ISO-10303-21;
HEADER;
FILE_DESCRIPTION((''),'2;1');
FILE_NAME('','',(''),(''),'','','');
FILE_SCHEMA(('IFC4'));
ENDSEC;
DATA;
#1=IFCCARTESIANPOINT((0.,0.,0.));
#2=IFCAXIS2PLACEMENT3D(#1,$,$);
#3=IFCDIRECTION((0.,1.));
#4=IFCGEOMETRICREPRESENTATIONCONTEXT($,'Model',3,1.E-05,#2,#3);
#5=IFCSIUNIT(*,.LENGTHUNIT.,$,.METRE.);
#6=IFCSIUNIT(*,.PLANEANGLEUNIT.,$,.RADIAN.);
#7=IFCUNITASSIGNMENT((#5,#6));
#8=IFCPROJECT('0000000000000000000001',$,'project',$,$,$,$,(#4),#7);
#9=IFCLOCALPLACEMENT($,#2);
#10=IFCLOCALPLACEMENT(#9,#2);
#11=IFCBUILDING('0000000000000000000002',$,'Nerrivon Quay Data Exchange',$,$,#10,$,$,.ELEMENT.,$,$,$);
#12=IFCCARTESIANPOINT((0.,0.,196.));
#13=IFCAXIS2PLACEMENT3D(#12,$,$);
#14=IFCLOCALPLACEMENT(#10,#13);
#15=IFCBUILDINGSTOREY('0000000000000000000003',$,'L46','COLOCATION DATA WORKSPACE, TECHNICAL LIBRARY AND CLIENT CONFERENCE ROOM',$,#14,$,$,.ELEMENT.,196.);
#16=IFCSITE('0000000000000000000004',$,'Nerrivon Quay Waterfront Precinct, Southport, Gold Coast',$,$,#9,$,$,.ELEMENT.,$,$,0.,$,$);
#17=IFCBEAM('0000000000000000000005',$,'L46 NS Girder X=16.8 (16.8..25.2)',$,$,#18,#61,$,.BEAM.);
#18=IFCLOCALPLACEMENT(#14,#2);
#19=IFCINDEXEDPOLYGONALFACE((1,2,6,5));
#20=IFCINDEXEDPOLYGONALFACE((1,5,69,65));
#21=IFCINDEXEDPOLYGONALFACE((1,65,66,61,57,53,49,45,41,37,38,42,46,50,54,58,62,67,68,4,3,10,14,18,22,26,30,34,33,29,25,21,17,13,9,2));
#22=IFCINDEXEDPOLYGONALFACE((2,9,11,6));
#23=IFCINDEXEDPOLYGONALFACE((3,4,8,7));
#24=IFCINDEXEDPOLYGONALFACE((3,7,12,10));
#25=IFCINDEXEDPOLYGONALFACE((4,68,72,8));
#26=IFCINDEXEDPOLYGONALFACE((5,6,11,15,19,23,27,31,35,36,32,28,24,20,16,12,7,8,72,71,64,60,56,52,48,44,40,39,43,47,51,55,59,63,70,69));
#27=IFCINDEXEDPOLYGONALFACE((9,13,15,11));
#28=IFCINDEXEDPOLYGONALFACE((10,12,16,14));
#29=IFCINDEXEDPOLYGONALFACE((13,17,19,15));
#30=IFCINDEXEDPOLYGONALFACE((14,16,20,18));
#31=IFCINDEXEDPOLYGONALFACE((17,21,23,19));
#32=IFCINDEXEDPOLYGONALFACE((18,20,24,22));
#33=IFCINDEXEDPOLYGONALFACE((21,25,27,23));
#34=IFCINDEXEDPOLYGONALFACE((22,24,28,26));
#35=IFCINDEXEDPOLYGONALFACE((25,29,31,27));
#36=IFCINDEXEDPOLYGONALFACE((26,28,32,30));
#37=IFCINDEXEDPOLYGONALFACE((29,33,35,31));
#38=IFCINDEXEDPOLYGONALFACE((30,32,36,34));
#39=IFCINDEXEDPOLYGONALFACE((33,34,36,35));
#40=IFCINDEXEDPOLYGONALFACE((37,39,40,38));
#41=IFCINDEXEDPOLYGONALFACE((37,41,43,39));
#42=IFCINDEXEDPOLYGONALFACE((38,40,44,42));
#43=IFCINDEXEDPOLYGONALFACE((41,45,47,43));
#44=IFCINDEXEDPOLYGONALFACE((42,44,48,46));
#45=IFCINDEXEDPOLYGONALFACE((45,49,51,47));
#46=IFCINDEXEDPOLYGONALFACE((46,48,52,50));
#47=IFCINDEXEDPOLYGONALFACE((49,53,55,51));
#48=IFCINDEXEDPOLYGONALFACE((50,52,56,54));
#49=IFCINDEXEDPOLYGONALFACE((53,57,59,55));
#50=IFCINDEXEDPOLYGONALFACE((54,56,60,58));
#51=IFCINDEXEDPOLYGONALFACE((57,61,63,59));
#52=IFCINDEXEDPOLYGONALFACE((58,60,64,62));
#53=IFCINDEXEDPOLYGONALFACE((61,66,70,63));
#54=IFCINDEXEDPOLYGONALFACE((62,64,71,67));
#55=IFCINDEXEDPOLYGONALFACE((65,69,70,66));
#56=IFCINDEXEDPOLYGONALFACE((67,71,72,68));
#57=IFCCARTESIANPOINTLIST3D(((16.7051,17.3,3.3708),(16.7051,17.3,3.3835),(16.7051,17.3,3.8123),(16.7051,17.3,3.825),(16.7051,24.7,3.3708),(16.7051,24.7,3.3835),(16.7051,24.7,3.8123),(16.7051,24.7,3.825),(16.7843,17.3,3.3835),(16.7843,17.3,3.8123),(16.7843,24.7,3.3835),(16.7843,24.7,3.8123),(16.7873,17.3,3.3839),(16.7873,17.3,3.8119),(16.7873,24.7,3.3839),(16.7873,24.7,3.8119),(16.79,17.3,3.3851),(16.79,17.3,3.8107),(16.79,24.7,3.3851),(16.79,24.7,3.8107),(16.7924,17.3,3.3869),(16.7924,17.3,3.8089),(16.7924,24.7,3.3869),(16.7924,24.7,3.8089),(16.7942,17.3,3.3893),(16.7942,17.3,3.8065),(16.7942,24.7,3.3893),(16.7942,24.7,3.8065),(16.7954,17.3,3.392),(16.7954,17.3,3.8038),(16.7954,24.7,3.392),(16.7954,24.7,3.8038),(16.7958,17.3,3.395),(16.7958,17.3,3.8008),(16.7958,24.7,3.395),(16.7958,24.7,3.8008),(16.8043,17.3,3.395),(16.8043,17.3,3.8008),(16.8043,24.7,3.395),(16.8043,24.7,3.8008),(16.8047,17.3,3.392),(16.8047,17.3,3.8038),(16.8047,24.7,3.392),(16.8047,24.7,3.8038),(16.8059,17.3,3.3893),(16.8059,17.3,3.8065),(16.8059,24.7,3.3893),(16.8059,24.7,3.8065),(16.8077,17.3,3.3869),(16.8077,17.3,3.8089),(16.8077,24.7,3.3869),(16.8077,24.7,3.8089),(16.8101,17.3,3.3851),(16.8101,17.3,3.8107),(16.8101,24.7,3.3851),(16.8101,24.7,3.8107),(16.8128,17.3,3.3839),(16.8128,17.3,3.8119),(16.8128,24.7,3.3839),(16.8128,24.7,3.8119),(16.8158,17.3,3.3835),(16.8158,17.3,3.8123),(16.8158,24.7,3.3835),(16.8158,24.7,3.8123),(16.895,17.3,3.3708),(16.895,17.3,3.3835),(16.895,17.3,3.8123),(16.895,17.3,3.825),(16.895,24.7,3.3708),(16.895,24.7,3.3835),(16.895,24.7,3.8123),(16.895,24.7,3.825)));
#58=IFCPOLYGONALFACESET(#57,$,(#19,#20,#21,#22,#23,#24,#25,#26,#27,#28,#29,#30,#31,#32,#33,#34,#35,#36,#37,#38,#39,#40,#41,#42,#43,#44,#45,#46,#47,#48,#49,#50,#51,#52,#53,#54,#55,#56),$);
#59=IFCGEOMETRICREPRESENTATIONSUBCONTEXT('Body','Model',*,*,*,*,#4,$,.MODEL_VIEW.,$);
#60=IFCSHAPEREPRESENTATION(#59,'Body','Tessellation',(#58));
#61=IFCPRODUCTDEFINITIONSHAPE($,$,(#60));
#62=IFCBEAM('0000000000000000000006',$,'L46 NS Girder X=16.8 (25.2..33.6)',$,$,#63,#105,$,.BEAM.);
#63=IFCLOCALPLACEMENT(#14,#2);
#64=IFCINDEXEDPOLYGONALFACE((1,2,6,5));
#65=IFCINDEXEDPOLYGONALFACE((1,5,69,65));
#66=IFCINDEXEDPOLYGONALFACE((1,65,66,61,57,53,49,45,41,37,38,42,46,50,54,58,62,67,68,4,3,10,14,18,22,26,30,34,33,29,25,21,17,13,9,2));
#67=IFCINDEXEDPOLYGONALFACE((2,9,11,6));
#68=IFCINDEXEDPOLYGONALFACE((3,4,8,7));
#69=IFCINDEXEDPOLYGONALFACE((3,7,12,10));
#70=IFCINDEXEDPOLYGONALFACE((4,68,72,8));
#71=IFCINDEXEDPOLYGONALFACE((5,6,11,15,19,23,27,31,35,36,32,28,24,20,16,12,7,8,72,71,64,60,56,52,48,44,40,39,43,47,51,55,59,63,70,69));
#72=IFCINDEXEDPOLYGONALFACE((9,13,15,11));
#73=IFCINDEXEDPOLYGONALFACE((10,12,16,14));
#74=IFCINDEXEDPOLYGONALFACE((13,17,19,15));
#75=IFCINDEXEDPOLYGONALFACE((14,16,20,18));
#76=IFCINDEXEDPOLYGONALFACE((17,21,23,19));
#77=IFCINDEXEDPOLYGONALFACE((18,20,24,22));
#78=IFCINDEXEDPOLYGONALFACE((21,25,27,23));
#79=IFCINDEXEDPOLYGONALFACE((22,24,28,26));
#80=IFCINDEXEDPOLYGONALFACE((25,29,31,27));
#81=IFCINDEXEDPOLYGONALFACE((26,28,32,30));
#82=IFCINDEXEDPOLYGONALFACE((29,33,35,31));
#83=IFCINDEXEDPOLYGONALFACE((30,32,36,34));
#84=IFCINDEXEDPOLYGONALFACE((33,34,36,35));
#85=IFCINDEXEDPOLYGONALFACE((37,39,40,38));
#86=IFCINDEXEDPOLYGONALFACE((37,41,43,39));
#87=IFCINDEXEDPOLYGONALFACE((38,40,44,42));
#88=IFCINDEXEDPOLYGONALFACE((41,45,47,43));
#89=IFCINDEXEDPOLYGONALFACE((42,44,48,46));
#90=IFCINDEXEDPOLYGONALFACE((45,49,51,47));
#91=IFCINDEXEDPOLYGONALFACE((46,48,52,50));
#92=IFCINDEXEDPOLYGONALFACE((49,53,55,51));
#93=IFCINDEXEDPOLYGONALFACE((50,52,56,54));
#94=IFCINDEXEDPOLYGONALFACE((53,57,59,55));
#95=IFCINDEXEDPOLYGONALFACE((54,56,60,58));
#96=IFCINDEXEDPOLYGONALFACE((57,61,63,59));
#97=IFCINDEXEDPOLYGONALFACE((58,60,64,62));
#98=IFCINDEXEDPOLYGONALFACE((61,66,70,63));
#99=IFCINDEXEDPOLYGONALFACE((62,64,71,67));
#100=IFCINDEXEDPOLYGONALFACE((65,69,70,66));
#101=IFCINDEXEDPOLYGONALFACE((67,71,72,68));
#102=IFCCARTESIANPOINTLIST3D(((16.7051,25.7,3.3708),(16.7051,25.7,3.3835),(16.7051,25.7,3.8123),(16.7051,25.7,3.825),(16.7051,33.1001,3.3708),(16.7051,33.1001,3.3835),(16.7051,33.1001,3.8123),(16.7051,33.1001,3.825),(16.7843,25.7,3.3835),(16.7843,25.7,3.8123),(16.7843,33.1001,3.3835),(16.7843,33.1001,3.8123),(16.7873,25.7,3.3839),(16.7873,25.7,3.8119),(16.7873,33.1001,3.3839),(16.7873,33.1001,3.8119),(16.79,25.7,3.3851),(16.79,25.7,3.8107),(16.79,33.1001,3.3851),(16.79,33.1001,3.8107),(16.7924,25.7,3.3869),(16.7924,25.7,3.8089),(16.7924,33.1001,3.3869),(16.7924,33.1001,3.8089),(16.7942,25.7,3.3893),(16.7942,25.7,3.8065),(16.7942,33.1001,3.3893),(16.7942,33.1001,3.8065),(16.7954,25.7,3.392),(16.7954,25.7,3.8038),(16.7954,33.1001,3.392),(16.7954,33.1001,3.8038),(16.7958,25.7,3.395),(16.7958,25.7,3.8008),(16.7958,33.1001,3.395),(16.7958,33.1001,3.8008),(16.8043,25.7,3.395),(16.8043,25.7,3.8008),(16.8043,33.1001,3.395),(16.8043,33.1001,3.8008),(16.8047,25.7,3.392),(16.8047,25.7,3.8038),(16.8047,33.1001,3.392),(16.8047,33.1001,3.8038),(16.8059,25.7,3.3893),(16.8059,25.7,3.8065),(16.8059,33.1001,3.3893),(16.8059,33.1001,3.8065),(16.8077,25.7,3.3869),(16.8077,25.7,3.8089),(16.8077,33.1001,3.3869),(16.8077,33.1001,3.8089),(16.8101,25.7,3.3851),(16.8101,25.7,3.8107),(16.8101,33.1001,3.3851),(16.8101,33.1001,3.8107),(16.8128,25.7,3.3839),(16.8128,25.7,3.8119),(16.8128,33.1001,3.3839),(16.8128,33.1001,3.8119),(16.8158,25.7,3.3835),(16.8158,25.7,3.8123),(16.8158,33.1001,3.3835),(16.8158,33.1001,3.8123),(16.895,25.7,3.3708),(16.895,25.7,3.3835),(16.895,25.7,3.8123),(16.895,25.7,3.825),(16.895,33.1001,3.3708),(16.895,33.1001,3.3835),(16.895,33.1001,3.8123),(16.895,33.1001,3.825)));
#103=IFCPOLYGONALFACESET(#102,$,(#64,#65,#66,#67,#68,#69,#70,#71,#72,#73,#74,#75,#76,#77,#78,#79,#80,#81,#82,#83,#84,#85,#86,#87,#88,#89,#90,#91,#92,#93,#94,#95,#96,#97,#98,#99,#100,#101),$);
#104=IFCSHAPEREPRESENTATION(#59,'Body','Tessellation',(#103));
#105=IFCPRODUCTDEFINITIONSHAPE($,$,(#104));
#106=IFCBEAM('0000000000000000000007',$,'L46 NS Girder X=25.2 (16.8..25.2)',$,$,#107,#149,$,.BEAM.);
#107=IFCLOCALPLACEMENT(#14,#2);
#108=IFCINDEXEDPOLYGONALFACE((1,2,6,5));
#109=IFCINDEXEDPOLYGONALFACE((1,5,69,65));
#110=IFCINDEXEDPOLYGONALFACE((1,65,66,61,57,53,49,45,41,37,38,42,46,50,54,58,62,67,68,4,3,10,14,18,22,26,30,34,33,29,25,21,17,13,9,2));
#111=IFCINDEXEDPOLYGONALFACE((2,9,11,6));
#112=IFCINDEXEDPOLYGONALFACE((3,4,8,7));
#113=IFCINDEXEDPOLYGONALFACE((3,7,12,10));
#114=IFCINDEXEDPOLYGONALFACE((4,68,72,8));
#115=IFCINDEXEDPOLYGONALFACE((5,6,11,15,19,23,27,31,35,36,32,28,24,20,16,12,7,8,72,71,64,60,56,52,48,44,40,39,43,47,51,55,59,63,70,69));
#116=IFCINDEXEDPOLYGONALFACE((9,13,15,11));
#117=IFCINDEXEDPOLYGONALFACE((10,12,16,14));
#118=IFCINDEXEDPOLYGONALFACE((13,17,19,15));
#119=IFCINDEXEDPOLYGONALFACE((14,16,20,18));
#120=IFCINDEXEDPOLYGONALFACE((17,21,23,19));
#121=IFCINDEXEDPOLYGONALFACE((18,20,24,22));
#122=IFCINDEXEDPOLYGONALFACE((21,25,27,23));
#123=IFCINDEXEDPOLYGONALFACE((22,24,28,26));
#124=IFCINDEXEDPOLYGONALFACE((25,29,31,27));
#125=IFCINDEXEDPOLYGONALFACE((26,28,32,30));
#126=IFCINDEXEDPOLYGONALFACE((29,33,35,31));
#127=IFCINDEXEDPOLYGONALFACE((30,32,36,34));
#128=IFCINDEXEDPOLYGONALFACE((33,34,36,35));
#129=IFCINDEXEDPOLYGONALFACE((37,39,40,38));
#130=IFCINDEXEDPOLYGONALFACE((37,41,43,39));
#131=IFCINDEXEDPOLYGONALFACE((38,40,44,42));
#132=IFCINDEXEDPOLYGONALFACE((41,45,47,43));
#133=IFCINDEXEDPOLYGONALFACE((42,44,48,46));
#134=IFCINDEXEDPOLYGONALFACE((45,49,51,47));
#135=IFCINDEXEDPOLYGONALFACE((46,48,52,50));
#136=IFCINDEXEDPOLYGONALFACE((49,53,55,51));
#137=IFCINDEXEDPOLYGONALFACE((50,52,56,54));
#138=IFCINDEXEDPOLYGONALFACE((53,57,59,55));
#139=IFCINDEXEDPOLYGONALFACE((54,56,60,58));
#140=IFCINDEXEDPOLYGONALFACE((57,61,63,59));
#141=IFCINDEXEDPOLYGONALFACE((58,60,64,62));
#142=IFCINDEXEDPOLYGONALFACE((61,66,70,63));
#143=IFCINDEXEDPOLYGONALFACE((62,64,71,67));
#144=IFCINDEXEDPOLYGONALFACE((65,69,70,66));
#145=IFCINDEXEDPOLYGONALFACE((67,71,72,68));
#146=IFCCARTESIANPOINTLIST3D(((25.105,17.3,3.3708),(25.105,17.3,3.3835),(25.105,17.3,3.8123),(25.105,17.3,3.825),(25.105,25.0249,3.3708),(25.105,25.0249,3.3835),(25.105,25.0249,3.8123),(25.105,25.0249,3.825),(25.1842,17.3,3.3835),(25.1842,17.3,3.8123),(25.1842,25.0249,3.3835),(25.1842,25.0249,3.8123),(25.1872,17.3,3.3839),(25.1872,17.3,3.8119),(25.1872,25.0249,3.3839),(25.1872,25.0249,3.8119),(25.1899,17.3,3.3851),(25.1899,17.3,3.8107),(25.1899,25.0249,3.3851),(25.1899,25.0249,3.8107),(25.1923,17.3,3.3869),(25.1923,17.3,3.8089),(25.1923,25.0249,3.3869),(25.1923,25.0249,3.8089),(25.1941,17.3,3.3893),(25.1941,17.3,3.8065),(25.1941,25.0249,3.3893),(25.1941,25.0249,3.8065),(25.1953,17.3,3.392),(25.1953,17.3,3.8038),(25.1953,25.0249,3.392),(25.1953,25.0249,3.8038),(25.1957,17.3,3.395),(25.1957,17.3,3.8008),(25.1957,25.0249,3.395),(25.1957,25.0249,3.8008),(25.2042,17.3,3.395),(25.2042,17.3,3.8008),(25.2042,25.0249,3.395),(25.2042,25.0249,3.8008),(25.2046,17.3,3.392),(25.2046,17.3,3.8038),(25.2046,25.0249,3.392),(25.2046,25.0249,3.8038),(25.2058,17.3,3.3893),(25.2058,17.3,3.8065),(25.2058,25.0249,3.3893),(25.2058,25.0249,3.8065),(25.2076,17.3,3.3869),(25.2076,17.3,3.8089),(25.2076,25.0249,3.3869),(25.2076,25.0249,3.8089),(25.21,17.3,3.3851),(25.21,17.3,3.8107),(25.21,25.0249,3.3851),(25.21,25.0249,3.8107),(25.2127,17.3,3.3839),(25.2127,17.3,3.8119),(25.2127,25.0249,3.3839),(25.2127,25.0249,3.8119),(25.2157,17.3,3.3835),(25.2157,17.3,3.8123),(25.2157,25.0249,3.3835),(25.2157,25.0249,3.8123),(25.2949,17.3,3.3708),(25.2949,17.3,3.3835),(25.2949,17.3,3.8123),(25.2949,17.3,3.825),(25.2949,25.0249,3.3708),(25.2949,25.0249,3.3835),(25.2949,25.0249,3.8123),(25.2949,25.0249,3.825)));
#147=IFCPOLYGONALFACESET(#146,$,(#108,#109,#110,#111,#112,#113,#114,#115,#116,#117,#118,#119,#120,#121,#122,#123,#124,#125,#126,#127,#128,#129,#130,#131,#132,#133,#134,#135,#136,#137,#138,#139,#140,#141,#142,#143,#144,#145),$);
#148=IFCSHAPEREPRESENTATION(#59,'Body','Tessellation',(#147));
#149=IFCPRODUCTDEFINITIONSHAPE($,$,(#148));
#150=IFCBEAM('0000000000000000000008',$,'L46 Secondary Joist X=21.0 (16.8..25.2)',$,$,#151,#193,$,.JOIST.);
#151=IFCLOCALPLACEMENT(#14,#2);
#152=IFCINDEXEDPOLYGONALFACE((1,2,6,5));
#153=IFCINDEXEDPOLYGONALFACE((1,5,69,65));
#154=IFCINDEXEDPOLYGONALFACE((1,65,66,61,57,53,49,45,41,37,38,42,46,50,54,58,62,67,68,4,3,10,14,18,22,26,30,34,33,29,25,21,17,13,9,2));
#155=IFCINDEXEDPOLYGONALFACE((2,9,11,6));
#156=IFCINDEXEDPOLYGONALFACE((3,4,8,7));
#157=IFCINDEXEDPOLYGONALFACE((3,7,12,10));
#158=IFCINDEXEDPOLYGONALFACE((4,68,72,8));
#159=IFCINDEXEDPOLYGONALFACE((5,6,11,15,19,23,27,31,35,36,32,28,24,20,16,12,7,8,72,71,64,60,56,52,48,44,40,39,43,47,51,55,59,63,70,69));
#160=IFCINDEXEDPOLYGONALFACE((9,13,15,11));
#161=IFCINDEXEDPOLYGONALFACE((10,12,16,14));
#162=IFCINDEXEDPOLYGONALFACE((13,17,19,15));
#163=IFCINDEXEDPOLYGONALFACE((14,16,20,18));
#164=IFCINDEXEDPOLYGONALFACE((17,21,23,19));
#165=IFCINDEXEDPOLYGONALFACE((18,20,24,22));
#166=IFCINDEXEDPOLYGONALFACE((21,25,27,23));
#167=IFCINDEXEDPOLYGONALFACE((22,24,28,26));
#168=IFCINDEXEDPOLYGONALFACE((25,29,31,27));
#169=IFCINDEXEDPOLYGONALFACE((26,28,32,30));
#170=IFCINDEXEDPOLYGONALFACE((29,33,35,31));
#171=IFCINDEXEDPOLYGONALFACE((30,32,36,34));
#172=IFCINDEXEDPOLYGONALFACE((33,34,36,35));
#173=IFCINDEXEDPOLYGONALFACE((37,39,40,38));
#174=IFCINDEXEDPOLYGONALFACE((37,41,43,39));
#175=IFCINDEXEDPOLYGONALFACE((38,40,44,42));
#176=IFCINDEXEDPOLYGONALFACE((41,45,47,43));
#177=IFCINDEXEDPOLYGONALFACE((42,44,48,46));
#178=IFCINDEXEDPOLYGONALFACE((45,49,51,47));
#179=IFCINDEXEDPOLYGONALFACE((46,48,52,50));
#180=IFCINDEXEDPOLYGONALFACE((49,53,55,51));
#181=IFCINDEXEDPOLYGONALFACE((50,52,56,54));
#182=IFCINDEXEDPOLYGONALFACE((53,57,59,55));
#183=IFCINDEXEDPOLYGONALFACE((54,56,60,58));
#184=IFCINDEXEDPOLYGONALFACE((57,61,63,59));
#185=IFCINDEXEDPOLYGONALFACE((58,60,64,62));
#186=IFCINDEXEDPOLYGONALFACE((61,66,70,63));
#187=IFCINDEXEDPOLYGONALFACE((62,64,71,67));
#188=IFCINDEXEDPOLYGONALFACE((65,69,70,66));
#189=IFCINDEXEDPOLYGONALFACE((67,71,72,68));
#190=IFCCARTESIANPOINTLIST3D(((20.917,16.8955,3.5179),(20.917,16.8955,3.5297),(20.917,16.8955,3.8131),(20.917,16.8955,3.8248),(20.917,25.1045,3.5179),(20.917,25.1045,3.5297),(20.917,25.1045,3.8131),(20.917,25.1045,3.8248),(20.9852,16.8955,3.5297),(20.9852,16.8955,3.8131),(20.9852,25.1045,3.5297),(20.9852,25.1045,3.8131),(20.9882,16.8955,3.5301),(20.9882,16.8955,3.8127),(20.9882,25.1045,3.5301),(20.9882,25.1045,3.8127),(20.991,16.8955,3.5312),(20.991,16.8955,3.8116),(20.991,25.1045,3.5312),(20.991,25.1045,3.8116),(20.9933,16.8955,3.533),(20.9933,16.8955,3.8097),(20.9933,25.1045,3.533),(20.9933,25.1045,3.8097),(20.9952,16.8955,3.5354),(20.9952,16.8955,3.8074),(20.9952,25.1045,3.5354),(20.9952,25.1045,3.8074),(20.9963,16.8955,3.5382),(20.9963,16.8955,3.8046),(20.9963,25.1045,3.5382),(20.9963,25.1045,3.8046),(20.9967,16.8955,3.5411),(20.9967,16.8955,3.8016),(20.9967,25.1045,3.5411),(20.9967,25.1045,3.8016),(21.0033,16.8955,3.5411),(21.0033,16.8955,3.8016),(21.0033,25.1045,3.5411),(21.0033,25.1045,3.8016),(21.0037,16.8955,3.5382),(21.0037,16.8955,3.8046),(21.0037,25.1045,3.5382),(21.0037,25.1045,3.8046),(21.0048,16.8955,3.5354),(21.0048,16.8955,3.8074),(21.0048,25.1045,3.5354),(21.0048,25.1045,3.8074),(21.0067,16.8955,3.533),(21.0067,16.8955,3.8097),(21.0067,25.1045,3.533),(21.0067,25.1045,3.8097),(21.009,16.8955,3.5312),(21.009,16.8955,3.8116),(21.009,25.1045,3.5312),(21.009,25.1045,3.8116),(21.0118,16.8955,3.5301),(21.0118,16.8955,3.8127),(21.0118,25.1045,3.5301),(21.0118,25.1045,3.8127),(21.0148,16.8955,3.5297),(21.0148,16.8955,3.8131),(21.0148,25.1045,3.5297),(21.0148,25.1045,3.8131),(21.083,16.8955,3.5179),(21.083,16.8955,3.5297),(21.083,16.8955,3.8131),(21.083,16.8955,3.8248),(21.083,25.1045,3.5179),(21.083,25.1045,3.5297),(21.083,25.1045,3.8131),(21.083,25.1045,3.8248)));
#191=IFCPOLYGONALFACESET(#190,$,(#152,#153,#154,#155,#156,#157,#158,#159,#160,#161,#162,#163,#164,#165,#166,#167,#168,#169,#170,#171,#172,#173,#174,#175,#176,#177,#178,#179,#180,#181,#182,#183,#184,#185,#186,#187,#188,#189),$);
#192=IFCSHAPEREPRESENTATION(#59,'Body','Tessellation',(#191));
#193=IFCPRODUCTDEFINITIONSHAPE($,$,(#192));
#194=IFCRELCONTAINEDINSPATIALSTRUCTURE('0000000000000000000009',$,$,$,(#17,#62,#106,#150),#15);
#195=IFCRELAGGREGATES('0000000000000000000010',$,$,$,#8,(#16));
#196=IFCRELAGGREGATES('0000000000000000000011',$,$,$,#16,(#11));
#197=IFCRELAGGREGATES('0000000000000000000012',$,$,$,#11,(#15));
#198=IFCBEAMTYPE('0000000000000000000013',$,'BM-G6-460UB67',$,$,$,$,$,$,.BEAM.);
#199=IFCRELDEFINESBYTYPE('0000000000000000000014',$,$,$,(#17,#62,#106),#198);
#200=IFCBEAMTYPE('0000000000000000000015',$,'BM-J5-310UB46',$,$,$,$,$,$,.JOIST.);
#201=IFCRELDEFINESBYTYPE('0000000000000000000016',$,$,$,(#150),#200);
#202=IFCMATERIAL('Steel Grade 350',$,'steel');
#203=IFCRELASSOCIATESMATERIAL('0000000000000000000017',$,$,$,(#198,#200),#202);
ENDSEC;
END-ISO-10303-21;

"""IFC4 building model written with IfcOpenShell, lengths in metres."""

from ifc_helpers import new_model, si_unit, direction, frame, origin, origin_2d, place, context, subcontext, project, spatial, i_section, extrude, material, material_profile, profile_set, type_object, element, save


model = new_model("IFC4")

# Units and contexts
model_context = context("Model", 3, precision=1e-05, world=origin(), true_north=direction((0.0, 1.0)))
body_context = subcontext(model_context, "Body", "Model", "MODEL_VIEW")
ifc_project = project(units=[si_unit("LENGTHUNIT", "METRE"), si_unit("PLANEANGLEUNIT", "RADIAN")], contexts=[model_context])

# Site, building, storey
site_placement = place(None, origin())
site = spatial("IfcSite", under=ifc_project, at=site_placement, Name="Nerrivon Quay Waterfront Precinct, Southport, Gold Coast", CompositionType="ELEMENT", RefElevation=0.0)
building_placement = place(site_placement, origin())
building = spatial("IfcBuilding", under=site, at=building_placement, Name="Nerrivon Quay Data Exchange", CompositionType="ELEMENT")
storey_placement = place(building_placement, frame((0.0, 0.0, 196.0)))
storey = spatial("IfcBuildingStorey", under=building, at=storey_placement, Name="L46", Description="COLOCATION DATA WORKSPACE, TECHNICAL LIBRARY AND CLIENT CONFERENCE ROOM", CompositionType="ELEMENT", Elevation=196.0)

# Shared definitions
ifc_material_1 = material(Name="Steel Grade 350", Category="steel")

# Beams
ifc_material_profile_1 = material_profile(ifc_material_1, i_section(OverallWidth=0.1899, OverallDepth=0.4541, WebThickness=0.0085, FlangeThickness=0.0127, FilletRadius=0.0115, at=origin_2d()), Name="460UB67.1")
ifc_profile_set_1 = profile_set([ifc_material_profile_1], Name="Steel Grade 350")
beam_type_1 = type_object("IfcBeamType", Name="BM-G6-460UB67", PredefinedType="BEAM", material=ifc_profile_set_1)
beam_1_placement = place(storey_placement, frame((16.8, 17.3, 3.5979), z_axis=(0.0, 1.0, 0.0), x_axis=(-1.0, 0.0, 0.0)))
element("IfcBeam", 1, at=beam_1_placement, inside=storey, type_object=beam_type_1, Name="L46 NS Girder X=16.8 (16.8..25.2)", PredefinedType="BEAM", context=body_context, shape_type="SweptSolid", body=[
    extrude(i_section(OverallWidth=0.1899, OverallDepth=0.4541, WebThickness=0.0085, FlangeThickness=0.0127, FilletRadius=0.0115, at=origin_2d()), origin(), (0.0, 0.0, 1.0), 7.3999),
])
beam_2_placement = place(storey_placement, frame((16.8, 25.7, 3.5979), z_axis=(0.0, 1.0, 0.0), x_axis=(-1.0, 0.0, 0.0)))
element("IfcBeam", 2, at=beam_2_placement, inside=storey, type_object=beam_type_1, Name="L46 NS Girder X=16.8 (25.2..33.6)", PredefinedType="BEAM", context=body_context, shape_type="SweptSolid", body=[
    extrude(i_section(OverallWidth=0.1899, OverallDepth=0.4541, WebThickness=0.0085, FlangeThickness=0.0127, FilletRadius=0.0115, at=origin_2d()), origin(), (0.0, 0.0, 1.0), 7.4001),
])
beam_3_placement = place(storey_placement, frame((25.2, 17.3, 3.5979), z_axis=(0.0, 1.0, 0.0), x_axis=(-1.0, 0.0, 0.0)))
element("IfcBeam", 3, at=beam_3_placement, inside=storey, type_object=beam_type_1, Name="L46 NS Girder X=25.2 (16.8..25.2)", PredefinedType="BEAM", context=body_context, shape_type="SweptSolid", body=[
    extrude(i_section(OverallWidth=0.1899, OverallDepth=0.4541, WebThickness=0.0085, FlangeThickness=0.0127, FilletRadius=0.0115, at=origin_2d()), origin(), (0.0, 0.0, 1.0), 7.7249),
])
ifc_material_profile_2 = material_profile(ifc_material_1, i_section(OverallWidth=0.166, OverallDepth=0.3069, WebThickness=0.0066, FlangeThickness=0.0117, FilletRadius=0.0115, at=origin_2d()), Name="310UB46.2")
ifc_profile_set_2 = profile_set([ifc_material_profile_2], Name="Steel Grade 350")
beam_type_2 = type_object("IfcBeamType", Name="BM-J5-310UB46", PredefinedType="JOIST", material=ifc_profile_set_2)
for number, where, z_axis, x_axis, name in (
    (4, (21.0, 16.8955, 3.6714), (0.0, 1.0, 0.0), (-1.0, 0.0, 0.0), "L46 Secondary Joist X=21.0 (16.8..25.2)"),
):
    element("IfcBeam", number, at=place(storey_placement, frame(where, z_axis=z_axis, x_axis=x_axis)), inside=storey, type_object=beam_type_2, Name=name, PredefinedType="JOIST", context=body_context, shape_type="SweptSolid", body=[
        extrude(i_section(OverallWidth=0.166, OverallDepth=0.3069, WebThickness=0.0066, FlangeThickness=0.0117, FilletRadius=0.0115, at=origin_2d()), origin(), (0.0, 0.0, 1.0), 8.209),
    ])

save(model, "model.ifc")
